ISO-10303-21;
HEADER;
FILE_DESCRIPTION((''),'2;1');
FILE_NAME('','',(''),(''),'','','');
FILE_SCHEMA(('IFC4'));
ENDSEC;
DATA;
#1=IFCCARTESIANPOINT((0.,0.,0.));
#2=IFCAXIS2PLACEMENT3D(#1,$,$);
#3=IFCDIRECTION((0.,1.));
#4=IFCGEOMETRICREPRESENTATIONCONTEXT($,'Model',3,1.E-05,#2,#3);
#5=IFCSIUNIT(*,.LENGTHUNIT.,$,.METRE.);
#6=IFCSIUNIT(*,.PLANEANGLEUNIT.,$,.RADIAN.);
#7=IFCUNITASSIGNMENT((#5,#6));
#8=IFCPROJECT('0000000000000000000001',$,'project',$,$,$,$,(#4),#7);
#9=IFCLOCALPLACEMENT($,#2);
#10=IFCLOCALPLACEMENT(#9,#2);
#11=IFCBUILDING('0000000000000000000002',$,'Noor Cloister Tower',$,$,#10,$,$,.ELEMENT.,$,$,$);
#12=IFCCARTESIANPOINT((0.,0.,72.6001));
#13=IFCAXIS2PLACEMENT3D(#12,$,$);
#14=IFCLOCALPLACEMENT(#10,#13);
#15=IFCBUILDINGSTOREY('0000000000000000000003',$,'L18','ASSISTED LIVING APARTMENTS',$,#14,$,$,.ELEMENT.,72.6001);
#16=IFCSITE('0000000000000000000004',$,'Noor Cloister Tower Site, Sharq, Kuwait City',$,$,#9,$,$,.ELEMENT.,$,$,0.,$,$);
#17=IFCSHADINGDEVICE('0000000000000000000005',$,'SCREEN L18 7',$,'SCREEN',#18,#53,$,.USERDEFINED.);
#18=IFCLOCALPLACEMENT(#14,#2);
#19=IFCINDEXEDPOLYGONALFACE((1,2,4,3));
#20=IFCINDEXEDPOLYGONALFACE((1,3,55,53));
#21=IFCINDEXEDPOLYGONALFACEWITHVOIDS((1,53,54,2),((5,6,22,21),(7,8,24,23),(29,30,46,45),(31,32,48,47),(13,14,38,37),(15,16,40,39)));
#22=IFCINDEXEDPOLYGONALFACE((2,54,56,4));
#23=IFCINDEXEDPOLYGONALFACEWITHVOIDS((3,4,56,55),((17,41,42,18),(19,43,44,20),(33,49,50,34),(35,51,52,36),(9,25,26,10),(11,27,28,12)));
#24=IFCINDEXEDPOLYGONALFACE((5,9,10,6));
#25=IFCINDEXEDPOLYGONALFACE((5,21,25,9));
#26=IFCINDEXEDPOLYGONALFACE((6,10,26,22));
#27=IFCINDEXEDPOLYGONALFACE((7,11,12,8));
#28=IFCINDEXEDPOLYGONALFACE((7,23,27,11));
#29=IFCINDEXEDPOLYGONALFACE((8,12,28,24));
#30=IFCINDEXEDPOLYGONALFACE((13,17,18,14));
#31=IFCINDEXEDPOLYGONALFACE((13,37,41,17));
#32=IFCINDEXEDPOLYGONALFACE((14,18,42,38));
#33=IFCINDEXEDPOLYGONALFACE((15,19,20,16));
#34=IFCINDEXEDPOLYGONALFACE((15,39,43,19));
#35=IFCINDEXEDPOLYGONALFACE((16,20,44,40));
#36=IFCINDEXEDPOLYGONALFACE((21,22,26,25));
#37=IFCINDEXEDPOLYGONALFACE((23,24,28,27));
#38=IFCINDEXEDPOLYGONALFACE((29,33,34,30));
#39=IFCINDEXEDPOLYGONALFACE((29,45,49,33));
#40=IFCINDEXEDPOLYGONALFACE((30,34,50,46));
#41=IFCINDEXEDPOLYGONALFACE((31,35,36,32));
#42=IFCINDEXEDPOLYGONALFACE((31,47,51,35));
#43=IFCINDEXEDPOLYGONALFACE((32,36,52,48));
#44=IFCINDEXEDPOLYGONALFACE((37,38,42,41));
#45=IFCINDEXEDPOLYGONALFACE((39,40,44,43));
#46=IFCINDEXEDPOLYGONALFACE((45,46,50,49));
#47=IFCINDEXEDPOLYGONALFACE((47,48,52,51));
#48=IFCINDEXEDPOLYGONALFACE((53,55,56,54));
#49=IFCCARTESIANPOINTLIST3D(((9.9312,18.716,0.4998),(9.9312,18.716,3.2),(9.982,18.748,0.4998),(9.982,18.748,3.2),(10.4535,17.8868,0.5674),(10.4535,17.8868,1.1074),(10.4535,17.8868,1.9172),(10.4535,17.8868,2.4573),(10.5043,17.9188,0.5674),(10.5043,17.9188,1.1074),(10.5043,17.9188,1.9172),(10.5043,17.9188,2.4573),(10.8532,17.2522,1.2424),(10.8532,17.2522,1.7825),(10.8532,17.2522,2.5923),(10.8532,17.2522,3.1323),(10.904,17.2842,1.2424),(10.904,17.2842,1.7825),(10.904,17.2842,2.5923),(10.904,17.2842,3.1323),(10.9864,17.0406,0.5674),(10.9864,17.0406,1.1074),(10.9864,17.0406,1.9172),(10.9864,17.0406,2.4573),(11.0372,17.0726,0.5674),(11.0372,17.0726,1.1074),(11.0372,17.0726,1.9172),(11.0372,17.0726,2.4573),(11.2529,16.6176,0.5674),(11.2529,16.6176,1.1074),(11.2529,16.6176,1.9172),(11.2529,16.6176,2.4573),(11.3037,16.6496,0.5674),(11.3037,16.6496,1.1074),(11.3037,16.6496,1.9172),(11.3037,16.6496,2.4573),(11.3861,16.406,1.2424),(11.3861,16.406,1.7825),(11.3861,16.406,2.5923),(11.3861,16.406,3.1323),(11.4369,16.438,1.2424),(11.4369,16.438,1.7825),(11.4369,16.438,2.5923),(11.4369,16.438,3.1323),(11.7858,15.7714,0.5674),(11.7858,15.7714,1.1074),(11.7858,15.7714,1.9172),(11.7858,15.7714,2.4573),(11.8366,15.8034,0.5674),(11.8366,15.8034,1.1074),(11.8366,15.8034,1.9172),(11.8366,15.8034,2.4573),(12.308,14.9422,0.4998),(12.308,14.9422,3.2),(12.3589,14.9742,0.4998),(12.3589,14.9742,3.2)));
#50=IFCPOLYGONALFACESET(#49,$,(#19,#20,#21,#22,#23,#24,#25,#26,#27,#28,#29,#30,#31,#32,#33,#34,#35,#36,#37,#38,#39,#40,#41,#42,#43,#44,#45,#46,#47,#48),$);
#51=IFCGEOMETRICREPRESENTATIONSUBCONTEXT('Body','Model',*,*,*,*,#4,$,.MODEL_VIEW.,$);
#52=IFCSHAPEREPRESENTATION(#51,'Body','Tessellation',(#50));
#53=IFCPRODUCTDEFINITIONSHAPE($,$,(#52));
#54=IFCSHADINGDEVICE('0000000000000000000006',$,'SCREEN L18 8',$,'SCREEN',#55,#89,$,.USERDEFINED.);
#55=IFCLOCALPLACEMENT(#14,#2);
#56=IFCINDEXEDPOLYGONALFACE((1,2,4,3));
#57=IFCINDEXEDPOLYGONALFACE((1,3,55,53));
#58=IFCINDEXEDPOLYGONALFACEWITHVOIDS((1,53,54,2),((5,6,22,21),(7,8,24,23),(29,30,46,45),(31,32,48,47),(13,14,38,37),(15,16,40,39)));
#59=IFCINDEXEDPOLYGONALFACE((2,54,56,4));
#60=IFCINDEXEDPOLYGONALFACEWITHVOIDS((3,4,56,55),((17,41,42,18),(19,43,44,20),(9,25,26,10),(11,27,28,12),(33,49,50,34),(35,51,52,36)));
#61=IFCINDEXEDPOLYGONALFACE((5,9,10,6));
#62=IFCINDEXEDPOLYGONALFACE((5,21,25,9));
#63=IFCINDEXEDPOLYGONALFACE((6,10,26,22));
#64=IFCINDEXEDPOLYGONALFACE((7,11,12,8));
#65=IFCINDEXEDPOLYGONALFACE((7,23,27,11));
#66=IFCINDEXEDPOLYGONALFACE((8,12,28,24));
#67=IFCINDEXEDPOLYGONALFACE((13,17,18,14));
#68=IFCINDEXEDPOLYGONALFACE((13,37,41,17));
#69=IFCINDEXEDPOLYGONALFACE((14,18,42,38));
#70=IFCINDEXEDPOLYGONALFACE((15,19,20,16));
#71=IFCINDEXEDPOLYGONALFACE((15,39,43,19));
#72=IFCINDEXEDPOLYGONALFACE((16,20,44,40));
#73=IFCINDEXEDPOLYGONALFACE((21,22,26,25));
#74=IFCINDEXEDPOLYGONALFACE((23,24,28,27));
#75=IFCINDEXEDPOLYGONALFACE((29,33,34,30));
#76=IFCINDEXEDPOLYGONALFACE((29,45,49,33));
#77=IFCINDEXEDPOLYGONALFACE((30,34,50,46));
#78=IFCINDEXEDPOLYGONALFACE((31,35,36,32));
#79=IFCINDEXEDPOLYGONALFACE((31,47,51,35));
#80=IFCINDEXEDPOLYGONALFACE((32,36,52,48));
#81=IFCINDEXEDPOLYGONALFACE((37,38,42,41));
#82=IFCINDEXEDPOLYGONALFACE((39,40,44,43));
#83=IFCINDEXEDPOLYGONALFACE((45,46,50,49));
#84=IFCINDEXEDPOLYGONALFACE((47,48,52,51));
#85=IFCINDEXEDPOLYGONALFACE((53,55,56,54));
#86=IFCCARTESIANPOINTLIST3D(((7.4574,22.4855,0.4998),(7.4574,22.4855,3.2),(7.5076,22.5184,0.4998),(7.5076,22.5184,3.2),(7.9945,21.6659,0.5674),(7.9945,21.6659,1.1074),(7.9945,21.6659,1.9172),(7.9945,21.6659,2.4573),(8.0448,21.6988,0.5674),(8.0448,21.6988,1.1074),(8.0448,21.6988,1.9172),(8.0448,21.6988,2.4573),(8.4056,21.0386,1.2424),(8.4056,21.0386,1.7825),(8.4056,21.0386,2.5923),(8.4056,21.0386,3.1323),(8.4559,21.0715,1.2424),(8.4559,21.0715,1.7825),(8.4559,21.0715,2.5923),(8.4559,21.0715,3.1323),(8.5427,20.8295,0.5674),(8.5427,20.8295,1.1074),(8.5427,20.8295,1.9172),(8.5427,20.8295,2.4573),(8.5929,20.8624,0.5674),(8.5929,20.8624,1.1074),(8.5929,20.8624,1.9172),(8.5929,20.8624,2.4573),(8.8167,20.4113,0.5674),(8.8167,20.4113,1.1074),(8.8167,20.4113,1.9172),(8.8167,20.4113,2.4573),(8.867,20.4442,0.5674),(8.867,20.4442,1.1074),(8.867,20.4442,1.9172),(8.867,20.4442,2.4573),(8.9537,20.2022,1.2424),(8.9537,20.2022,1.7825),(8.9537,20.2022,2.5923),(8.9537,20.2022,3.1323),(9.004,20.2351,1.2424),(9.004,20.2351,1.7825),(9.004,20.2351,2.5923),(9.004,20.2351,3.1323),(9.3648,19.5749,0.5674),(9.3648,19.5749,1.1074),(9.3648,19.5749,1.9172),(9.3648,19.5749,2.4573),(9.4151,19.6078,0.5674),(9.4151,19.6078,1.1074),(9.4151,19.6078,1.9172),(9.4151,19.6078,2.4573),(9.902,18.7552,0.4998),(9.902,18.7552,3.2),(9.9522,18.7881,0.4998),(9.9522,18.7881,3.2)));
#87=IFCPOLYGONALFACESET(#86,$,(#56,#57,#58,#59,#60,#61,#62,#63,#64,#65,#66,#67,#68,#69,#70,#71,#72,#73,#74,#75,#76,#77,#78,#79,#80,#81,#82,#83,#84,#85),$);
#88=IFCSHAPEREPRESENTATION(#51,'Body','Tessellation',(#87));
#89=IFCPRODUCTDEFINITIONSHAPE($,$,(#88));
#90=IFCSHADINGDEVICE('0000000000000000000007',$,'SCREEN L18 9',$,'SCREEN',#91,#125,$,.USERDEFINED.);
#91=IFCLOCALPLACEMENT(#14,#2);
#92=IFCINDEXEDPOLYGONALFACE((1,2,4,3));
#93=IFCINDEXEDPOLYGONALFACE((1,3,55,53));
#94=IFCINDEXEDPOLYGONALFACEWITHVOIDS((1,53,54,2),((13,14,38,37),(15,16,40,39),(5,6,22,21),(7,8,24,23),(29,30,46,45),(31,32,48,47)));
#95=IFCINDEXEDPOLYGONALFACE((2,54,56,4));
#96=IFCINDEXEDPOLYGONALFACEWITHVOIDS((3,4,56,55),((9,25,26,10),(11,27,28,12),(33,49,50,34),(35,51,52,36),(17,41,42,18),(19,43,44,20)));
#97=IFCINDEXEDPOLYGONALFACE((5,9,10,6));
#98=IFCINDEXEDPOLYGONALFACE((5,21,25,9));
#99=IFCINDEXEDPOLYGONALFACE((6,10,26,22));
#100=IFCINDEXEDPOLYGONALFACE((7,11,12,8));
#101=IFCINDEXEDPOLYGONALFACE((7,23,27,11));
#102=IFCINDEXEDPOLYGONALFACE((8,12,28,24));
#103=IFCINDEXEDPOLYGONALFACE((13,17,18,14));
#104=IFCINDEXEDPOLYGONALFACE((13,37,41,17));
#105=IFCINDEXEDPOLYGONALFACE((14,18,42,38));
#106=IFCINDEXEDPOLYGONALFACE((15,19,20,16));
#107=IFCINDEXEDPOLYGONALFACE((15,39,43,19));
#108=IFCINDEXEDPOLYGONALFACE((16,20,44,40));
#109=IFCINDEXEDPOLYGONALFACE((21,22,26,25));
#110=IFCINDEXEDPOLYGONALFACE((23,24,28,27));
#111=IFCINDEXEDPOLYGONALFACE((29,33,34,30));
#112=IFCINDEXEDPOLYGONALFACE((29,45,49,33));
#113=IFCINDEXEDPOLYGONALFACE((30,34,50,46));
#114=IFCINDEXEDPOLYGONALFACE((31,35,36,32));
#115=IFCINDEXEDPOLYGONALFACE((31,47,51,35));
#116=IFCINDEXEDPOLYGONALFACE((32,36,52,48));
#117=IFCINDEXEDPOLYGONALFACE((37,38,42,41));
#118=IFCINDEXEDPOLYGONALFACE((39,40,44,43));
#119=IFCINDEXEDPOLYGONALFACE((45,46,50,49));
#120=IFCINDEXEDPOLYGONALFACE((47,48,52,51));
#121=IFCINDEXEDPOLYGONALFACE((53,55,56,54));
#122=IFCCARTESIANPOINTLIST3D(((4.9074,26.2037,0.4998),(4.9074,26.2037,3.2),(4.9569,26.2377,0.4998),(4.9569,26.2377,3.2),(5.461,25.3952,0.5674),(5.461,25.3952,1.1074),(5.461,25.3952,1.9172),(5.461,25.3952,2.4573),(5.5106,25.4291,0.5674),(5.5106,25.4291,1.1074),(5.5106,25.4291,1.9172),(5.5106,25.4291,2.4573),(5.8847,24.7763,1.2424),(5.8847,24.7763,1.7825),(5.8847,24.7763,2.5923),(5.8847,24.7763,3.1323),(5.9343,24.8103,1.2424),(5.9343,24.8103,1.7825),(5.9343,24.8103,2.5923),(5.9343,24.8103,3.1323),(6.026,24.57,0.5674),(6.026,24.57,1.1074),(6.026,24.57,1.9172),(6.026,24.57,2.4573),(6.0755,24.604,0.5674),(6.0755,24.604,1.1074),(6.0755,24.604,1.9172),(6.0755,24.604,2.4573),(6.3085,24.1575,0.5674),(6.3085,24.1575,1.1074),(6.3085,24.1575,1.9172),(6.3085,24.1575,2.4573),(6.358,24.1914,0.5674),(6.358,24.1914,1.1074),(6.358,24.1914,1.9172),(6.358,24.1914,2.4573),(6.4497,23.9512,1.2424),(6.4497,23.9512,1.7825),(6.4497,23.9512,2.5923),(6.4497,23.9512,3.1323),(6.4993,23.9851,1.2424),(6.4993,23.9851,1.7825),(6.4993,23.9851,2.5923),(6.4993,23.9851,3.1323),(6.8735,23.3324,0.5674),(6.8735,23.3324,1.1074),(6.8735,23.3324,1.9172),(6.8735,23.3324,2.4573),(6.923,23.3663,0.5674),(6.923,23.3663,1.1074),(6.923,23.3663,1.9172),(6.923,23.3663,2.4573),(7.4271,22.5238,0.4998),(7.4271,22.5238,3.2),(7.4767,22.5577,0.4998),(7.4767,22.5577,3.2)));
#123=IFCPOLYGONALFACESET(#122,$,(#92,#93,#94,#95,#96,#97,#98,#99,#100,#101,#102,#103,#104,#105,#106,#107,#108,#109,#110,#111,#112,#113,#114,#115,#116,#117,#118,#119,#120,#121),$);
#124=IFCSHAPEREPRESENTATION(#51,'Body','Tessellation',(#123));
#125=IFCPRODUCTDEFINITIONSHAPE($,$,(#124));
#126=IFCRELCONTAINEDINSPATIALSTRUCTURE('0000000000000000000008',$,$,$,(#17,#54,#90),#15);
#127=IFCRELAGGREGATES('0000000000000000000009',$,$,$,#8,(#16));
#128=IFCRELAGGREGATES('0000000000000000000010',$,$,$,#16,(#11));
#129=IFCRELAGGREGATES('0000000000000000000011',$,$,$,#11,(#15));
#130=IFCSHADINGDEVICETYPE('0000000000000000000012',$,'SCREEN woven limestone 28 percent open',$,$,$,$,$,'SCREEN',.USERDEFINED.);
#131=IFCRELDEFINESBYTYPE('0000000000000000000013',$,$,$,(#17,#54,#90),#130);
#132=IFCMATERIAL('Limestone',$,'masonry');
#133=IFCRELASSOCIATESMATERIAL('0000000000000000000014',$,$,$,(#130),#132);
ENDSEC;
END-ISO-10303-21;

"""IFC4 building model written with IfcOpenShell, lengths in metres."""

from ifc_helpers import new_model, si_unit, direction, frame, origin, place, context, subcontext, project, spatial, polyline, outline, extrude, material, material_profile, profile_set, type_object, element, save


model = new_model("IFC4")

# Units and contexts
model_context = context("Model", 3, precision=1e-05, world=origin(), true_north=direction((0.0, 1.0)))
body_context = subcontext(model_context, "Body", "Model", "MODEL_VIEW")
ifc_project = project(units=[si_unit("LENGTHUNIT", "METRE"), si_unit("PLANEANGLEUNIT", "RADIAN")], contexts=[model_context])

# Site, building, storey
site_placement = place(None, origin())
site = spatial("IfcSite", under=ifc_project, at=site_placement, Name="Noor Cloister Tower Site, Sharq, Kuwait City", CompositionType="ELEMENT", RefElevation=0.0)
building_placement = place(site_placement, origin())
building = spatial("IfcBuilding", under=site, at=building_placement, Name="Noor Cloister Tower", CompositionType="ELEMENT")
storey_placement = place(building_placement, frame((0.0, 0.0, 72.6001)))
storey = spatial("IfcBuildingStorey", under=building, at=storey_placement, Name="L18", Description="ASSISTED LIVING APARTMENTS", CompositionType="ELEMENT", Elevation=72.6001)

# Shading devices
ifc_material_1 = material(Name="Limestone", Category="masonry")
ifc_material_profile_1 = material_profile(ifc_material_1, outline(polyline([(-2.23, -1.3501), (2.23, -1.3501), (2.23, 1.3501), (-2.23, 1.3501), (-2.23, -1.3501)]), holes=[polyline([(-1.25, -1.2825), (-0.25, -1.2825), (-0.25, -0.7424), (-1.25, -0.7424), (-1.25, -1.2825)]), polyline([(0.25, -1.2825), (1.25, -1.2825), (1.25, -0.7424), (0.25, -0.7424), (0.25, -1.2825)]), polyline([(-0.5, -0.6074), (0.5, -0.6074), (0.5, -0.0674), (-0.5, -0.0674), (-0.5, -0.6074)]), polyline([(-1.25, 0.0674), (-0.25, 0.0674), (-0.25, 0.6074), (-1.25, 0.6074), (-1.25, 0.0674)]), polyline([(0.25, 0.0674), (1.25, 0.0674), (1.25, 0.6074), (0.25, 0.6074), (0.25, 0.0674)]), polyline([(-0.5, 0.7424), (0.5, 0.7424), (0.5, 1.2825), (-0.5, 1.2825), (-0.5, 0.7424)])]), Name="Woven screen 28 percent open")
ifc_profile_set_1 = profile_set([ifc_material_profile_1], Name="Limestone")
shading_device_type = type_object("IfcShadingDeviceType", Name="SCREEN woven limestone 28 percent open", ElementType="SCREEN", PredefinedType="USERDEFINED", material=ifc_profile_set_1)
for number, where, z_axis, x_axis, name in (
    (1, (11.1196, 16.8291, 1.8499), (0.846165, 0.532921, 0.0), (-0.532921, 0.846165, 0.0), "SCREEN L18 7"),
    (2, (8.6797, 20.6204, 1.8499), (0.836397, 0.548124, 0.0), (-0.548124, 0.836397, 0.0), "SCREEN L18 8"),
    (3, (6.1672, 24.3638, 1.8499), (0.825108, 0.564975, 0.0), (-0.564975, 0.825108, 0.0), "SCREEN L18 9"),
):
    element("IfcShadingDevice", number, at=place(storey_placement, frame(where, z_axis=z_axis, x_axis=x_axis)), inside=storey, type_object=shading_device_type, Name=name, ObjectType="SCREEN", PredefinedType="USERDEFINED", context=body_context, shape_type="SweptSolid", body=[
        extrude(outline(polyline([(-2.23, -1.3501), (2.23, -1.3501), (2.23, 1.3501), (-2.23, 1.3501), (-2.23, -1.3501)]), holes=[polyline([(-1.25, -1.2825), (-0.25, -1.2825), (-0.25, -0.7424), (-1.25, -0.7424), (-1.25, -1.2825)]), polyline([(0.25, -1.2825), (1.25, -1.2825), (1.25, -0.7424), (0.25, -0.7424), (0.25, -1.2825)]), polyline([(-0.5, -0.6074), (0.5, -0.6074), (0.5, -0.0674), (-0.5, -0.0674), (-0.5, -0.6074)]), polyline([(-1.25, 0.0674), (-0.25, 0.0674), (-0.25, 0.6074), (-1.25, 0.6074), (-1.25, 0.0674)]), polyline([(0.25, 0.0674), (1.25, 0.0674), (1.25, 0.6074), (0.25, 0.6074), (0.25, 0.0674)]), polyline([(-0.5, 0.7424), (0.5, 0.7424), (0.5, 1.2825), (-0.5, 1.2825), (-0.5, 0.7424)])]), origin(), (0.0, 0.0, 1.0), 0.0601),
    ])

save(model, "model.ifc")
